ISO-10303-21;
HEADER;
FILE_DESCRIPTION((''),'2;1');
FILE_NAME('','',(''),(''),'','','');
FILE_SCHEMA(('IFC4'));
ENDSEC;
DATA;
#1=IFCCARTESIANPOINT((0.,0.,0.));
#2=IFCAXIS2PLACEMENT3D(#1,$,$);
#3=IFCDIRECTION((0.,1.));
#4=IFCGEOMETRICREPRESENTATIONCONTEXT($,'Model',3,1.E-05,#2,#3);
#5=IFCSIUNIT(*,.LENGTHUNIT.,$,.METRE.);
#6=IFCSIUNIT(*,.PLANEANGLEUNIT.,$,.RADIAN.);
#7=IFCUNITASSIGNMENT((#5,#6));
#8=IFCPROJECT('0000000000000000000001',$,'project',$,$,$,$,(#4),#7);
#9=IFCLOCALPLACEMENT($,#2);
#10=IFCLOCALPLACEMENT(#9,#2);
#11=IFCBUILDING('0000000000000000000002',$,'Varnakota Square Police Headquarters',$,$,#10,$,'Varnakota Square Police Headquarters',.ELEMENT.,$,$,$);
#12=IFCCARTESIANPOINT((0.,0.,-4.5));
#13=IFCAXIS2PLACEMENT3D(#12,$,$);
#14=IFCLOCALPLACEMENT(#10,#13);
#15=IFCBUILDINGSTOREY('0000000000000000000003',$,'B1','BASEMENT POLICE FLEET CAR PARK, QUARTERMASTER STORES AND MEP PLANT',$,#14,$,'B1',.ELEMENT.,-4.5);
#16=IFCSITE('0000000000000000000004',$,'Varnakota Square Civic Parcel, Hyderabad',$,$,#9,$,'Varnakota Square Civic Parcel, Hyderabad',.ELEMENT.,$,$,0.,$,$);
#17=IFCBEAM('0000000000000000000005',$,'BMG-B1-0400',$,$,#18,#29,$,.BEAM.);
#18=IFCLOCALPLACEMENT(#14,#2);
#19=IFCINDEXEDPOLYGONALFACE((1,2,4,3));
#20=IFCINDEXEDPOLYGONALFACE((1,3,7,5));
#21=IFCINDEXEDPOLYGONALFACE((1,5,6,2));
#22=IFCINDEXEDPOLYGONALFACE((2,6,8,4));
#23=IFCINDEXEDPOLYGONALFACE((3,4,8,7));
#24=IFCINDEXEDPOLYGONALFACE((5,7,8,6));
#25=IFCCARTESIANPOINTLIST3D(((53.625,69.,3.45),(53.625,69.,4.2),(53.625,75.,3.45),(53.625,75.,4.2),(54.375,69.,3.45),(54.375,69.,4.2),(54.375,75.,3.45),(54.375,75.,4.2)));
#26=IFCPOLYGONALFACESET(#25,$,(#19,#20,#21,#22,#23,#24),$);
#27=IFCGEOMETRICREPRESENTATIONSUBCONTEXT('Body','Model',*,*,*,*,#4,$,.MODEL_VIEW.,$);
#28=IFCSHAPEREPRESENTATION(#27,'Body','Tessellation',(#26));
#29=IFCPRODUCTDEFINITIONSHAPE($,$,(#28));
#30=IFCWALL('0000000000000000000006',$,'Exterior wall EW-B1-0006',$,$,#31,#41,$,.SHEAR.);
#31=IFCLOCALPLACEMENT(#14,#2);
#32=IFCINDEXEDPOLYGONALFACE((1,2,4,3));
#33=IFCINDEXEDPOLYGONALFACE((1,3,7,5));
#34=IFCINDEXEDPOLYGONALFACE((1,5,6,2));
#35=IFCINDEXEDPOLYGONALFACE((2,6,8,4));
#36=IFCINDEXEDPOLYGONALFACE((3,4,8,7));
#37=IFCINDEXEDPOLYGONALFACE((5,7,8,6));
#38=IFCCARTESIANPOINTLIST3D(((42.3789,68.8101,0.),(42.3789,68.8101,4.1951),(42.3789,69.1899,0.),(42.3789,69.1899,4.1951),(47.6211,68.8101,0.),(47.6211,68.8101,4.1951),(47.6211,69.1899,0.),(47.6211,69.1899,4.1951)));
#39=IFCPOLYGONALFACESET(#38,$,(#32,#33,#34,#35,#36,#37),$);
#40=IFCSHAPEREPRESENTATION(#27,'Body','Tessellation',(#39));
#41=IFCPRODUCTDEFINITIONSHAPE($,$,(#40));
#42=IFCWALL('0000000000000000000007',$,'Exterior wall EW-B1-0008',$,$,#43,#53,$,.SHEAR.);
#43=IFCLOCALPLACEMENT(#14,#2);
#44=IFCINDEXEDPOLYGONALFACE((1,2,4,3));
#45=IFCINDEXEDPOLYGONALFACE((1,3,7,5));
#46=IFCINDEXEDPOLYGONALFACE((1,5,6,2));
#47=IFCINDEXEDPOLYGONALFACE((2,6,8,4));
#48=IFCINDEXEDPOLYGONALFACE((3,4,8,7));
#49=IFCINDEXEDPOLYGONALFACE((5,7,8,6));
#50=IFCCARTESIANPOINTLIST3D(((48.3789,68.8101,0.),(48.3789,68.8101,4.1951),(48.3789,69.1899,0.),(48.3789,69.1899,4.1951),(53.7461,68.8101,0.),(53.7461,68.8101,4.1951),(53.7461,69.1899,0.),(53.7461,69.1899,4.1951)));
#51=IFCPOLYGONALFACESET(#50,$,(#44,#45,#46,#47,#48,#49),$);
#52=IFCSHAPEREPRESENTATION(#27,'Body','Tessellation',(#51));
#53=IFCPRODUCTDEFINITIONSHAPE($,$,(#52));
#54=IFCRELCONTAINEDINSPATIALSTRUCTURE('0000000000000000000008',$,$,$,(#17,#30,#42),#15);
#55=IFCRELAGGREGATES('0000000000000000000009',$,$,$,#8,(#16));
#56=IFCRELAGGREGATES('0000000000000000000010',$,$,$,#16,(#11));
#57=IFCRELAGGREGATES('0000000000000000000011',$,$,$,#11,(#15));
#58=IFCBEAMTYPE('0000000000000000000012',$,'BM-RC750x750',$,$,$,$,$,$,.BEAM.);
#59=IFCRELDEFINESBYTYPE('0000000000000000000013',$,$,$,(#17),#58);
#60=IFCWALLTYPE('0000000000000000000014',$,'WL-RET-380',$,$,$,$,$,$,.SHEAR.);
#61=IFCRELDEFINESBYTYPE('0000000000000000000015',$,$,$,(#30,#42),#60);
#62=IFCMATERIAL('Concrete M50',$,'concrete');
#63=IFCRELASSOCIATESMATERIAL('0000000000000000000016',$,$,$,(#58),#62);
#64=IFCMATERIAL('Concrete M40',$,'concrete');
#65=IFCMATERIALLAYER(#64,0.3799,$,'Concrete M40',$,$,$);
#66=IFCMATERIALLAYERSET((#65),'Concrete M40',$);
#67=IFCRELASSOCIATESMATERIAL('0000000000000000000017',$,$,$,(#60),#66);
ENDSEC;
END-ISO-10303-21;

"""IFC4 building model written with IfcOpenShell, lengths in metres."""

from ifc_helpers import new_model, si_unit, direction, frame, frame_2d, origin, origin_2d, place, context, subcontext, project, spatial, rectangle, extrude, material, layer, layer_set, material_profile, profile_set, type_object, element, save


model = new_model("IFC4")

# Units and contexts
model_context = context("Model", 3, precision=1e-05, world=origin(), true_north=direction((0.0, 1.0)))
body_context = subcontext(model_context, "Body", "Model", "MODEL_VIEW")
ifc_project = project(units=[si_unit("LENGTHUNIT", "METRE"), si_unit("PLANEANGLEUNIT", "RADIAN")], contexts=[model_context])

# Site, building, storey
site_placement = place(None, origin())
site = spatial("IfcSite", under=ifc_project, at=site_placement, Name="Varnakota Square Civic Parcel, Hyderabad", LongName="Varnakota Square Civic Parcel, Hyderabad", CompositionType="ELEMENT", RefElevation=0.0)
building_placement = place(site_placement, origin())
building = spatial("IfcBuilding", under=site, at=building_placement, Name="Varnakota Square Police Headquarters", LongName="Varnakota Square Police Headquarters", CompositionType="ELEMENT")
storey_placement = place(building_placement, frame((0.0, 0.0, -4.5)))
storey = spatial("IfcBuildingStorey", under=building, at=storey_placement, Name="B1", Description="BASEMENT POLICE FLEET CAR PARK, QUARTERMASTER STORES AND MEP PLANT", LongName="B1", CompositionType="ELEMENT", Elevation=-4.5)

# Shared definitions
ifc_material_1 = material(Name="Concrete M40", Category="concrete")

# Shared definitions
ifc_material_2 = material(Name="Concrete M50", Category="concrete")

# Beam
ifc_material_profile_1 = material_profile(ifc_material_2, rectangle(XDim=0.75, YDim=0.75, at=origin_2d()), Name="RC 750x750")
ifc_profile_set_1 = profile_set([ifc_material_profile_1], Name="Concrete M50")
beam_type_1 = type_object("IfcBeamType", Name="BM-RC750x750", PredefinedType="BEAM", material=ifc_profile_set_1)
for number, where, z_axis, x_axis, name in (
    (1, (54.0, 69.0, 3.825), (0.0, 1.0, 0.0), (-1.0, 0.0, 0.0), "BMG-B1-0400"),
):
    element("IfcBeam", number, at=place(storey_placement, frame(where, z_axis=z_axis, x_axis=x_axis)), inside=storey, type_object=beam_type_1, Name=name, PredefinedType="BEAM", context=body_context, shape_type="SweptSolid", body=[
        extrude(rectangle(XDim=0.75, YDim=0.75, at=origin_2d()), origin(), (0.0, 0.0, 1.0), 6.0),
    ])

# Walls
ifc_layer = layer(ifc_material_1, 0.3799, Name="Concrete M40")
ifc_layer_set = layer_set([ifc_layer], Name="Concrete M40")
wall_type = type_object("IfcWallType", Name="WL-RET-380", PredefinedType="SHEAR", material=ifc_layer_set)
wall_1_placement = place(storey_placement, frame((42.3789, 69.0, 0.0), z_axis=(0.0, 0.0, 1.0), x_axis=(1.0, 0.0, 0.0)))
element("IfcWall", 2, at=wall_1_placement, inside=storey, type_object=wall_type, Name="Exterior wall EW-B1-0006", PredefinedType="SHEAR", context=body_context, shape_type="SweptSolid", body=[
    extrude(rectangle(XDim=5.2422, YDim=0.3799, at=frame_2d((2.6211, 0.0))), origin(), (0.0, 0.0, 1.0), 4.1951),
])
wall_2_placement = place(storey_placement, frame((48.3789, 69.0, 0.0), z_axis=(0.0, 0.0, 1.0), x_axis=(1.0, 0.0, 0.0)))
element("IfcWall", 3, at=wall_2_placement, inside=storey, type_object=wall_type, Name="Exterior wall EW-B1-0008", PredefinedType="SHEAR", context=body_context, shape_type="SweptSolid", body=[
    extrude(rectangle(XDim=5.3672, YDim=0.3799, at=frame_2d((2.6836, 0.0))), origin(), (0.0, 0.0, 1.0), 4.1951),
])

save(model, "model.ifc")
